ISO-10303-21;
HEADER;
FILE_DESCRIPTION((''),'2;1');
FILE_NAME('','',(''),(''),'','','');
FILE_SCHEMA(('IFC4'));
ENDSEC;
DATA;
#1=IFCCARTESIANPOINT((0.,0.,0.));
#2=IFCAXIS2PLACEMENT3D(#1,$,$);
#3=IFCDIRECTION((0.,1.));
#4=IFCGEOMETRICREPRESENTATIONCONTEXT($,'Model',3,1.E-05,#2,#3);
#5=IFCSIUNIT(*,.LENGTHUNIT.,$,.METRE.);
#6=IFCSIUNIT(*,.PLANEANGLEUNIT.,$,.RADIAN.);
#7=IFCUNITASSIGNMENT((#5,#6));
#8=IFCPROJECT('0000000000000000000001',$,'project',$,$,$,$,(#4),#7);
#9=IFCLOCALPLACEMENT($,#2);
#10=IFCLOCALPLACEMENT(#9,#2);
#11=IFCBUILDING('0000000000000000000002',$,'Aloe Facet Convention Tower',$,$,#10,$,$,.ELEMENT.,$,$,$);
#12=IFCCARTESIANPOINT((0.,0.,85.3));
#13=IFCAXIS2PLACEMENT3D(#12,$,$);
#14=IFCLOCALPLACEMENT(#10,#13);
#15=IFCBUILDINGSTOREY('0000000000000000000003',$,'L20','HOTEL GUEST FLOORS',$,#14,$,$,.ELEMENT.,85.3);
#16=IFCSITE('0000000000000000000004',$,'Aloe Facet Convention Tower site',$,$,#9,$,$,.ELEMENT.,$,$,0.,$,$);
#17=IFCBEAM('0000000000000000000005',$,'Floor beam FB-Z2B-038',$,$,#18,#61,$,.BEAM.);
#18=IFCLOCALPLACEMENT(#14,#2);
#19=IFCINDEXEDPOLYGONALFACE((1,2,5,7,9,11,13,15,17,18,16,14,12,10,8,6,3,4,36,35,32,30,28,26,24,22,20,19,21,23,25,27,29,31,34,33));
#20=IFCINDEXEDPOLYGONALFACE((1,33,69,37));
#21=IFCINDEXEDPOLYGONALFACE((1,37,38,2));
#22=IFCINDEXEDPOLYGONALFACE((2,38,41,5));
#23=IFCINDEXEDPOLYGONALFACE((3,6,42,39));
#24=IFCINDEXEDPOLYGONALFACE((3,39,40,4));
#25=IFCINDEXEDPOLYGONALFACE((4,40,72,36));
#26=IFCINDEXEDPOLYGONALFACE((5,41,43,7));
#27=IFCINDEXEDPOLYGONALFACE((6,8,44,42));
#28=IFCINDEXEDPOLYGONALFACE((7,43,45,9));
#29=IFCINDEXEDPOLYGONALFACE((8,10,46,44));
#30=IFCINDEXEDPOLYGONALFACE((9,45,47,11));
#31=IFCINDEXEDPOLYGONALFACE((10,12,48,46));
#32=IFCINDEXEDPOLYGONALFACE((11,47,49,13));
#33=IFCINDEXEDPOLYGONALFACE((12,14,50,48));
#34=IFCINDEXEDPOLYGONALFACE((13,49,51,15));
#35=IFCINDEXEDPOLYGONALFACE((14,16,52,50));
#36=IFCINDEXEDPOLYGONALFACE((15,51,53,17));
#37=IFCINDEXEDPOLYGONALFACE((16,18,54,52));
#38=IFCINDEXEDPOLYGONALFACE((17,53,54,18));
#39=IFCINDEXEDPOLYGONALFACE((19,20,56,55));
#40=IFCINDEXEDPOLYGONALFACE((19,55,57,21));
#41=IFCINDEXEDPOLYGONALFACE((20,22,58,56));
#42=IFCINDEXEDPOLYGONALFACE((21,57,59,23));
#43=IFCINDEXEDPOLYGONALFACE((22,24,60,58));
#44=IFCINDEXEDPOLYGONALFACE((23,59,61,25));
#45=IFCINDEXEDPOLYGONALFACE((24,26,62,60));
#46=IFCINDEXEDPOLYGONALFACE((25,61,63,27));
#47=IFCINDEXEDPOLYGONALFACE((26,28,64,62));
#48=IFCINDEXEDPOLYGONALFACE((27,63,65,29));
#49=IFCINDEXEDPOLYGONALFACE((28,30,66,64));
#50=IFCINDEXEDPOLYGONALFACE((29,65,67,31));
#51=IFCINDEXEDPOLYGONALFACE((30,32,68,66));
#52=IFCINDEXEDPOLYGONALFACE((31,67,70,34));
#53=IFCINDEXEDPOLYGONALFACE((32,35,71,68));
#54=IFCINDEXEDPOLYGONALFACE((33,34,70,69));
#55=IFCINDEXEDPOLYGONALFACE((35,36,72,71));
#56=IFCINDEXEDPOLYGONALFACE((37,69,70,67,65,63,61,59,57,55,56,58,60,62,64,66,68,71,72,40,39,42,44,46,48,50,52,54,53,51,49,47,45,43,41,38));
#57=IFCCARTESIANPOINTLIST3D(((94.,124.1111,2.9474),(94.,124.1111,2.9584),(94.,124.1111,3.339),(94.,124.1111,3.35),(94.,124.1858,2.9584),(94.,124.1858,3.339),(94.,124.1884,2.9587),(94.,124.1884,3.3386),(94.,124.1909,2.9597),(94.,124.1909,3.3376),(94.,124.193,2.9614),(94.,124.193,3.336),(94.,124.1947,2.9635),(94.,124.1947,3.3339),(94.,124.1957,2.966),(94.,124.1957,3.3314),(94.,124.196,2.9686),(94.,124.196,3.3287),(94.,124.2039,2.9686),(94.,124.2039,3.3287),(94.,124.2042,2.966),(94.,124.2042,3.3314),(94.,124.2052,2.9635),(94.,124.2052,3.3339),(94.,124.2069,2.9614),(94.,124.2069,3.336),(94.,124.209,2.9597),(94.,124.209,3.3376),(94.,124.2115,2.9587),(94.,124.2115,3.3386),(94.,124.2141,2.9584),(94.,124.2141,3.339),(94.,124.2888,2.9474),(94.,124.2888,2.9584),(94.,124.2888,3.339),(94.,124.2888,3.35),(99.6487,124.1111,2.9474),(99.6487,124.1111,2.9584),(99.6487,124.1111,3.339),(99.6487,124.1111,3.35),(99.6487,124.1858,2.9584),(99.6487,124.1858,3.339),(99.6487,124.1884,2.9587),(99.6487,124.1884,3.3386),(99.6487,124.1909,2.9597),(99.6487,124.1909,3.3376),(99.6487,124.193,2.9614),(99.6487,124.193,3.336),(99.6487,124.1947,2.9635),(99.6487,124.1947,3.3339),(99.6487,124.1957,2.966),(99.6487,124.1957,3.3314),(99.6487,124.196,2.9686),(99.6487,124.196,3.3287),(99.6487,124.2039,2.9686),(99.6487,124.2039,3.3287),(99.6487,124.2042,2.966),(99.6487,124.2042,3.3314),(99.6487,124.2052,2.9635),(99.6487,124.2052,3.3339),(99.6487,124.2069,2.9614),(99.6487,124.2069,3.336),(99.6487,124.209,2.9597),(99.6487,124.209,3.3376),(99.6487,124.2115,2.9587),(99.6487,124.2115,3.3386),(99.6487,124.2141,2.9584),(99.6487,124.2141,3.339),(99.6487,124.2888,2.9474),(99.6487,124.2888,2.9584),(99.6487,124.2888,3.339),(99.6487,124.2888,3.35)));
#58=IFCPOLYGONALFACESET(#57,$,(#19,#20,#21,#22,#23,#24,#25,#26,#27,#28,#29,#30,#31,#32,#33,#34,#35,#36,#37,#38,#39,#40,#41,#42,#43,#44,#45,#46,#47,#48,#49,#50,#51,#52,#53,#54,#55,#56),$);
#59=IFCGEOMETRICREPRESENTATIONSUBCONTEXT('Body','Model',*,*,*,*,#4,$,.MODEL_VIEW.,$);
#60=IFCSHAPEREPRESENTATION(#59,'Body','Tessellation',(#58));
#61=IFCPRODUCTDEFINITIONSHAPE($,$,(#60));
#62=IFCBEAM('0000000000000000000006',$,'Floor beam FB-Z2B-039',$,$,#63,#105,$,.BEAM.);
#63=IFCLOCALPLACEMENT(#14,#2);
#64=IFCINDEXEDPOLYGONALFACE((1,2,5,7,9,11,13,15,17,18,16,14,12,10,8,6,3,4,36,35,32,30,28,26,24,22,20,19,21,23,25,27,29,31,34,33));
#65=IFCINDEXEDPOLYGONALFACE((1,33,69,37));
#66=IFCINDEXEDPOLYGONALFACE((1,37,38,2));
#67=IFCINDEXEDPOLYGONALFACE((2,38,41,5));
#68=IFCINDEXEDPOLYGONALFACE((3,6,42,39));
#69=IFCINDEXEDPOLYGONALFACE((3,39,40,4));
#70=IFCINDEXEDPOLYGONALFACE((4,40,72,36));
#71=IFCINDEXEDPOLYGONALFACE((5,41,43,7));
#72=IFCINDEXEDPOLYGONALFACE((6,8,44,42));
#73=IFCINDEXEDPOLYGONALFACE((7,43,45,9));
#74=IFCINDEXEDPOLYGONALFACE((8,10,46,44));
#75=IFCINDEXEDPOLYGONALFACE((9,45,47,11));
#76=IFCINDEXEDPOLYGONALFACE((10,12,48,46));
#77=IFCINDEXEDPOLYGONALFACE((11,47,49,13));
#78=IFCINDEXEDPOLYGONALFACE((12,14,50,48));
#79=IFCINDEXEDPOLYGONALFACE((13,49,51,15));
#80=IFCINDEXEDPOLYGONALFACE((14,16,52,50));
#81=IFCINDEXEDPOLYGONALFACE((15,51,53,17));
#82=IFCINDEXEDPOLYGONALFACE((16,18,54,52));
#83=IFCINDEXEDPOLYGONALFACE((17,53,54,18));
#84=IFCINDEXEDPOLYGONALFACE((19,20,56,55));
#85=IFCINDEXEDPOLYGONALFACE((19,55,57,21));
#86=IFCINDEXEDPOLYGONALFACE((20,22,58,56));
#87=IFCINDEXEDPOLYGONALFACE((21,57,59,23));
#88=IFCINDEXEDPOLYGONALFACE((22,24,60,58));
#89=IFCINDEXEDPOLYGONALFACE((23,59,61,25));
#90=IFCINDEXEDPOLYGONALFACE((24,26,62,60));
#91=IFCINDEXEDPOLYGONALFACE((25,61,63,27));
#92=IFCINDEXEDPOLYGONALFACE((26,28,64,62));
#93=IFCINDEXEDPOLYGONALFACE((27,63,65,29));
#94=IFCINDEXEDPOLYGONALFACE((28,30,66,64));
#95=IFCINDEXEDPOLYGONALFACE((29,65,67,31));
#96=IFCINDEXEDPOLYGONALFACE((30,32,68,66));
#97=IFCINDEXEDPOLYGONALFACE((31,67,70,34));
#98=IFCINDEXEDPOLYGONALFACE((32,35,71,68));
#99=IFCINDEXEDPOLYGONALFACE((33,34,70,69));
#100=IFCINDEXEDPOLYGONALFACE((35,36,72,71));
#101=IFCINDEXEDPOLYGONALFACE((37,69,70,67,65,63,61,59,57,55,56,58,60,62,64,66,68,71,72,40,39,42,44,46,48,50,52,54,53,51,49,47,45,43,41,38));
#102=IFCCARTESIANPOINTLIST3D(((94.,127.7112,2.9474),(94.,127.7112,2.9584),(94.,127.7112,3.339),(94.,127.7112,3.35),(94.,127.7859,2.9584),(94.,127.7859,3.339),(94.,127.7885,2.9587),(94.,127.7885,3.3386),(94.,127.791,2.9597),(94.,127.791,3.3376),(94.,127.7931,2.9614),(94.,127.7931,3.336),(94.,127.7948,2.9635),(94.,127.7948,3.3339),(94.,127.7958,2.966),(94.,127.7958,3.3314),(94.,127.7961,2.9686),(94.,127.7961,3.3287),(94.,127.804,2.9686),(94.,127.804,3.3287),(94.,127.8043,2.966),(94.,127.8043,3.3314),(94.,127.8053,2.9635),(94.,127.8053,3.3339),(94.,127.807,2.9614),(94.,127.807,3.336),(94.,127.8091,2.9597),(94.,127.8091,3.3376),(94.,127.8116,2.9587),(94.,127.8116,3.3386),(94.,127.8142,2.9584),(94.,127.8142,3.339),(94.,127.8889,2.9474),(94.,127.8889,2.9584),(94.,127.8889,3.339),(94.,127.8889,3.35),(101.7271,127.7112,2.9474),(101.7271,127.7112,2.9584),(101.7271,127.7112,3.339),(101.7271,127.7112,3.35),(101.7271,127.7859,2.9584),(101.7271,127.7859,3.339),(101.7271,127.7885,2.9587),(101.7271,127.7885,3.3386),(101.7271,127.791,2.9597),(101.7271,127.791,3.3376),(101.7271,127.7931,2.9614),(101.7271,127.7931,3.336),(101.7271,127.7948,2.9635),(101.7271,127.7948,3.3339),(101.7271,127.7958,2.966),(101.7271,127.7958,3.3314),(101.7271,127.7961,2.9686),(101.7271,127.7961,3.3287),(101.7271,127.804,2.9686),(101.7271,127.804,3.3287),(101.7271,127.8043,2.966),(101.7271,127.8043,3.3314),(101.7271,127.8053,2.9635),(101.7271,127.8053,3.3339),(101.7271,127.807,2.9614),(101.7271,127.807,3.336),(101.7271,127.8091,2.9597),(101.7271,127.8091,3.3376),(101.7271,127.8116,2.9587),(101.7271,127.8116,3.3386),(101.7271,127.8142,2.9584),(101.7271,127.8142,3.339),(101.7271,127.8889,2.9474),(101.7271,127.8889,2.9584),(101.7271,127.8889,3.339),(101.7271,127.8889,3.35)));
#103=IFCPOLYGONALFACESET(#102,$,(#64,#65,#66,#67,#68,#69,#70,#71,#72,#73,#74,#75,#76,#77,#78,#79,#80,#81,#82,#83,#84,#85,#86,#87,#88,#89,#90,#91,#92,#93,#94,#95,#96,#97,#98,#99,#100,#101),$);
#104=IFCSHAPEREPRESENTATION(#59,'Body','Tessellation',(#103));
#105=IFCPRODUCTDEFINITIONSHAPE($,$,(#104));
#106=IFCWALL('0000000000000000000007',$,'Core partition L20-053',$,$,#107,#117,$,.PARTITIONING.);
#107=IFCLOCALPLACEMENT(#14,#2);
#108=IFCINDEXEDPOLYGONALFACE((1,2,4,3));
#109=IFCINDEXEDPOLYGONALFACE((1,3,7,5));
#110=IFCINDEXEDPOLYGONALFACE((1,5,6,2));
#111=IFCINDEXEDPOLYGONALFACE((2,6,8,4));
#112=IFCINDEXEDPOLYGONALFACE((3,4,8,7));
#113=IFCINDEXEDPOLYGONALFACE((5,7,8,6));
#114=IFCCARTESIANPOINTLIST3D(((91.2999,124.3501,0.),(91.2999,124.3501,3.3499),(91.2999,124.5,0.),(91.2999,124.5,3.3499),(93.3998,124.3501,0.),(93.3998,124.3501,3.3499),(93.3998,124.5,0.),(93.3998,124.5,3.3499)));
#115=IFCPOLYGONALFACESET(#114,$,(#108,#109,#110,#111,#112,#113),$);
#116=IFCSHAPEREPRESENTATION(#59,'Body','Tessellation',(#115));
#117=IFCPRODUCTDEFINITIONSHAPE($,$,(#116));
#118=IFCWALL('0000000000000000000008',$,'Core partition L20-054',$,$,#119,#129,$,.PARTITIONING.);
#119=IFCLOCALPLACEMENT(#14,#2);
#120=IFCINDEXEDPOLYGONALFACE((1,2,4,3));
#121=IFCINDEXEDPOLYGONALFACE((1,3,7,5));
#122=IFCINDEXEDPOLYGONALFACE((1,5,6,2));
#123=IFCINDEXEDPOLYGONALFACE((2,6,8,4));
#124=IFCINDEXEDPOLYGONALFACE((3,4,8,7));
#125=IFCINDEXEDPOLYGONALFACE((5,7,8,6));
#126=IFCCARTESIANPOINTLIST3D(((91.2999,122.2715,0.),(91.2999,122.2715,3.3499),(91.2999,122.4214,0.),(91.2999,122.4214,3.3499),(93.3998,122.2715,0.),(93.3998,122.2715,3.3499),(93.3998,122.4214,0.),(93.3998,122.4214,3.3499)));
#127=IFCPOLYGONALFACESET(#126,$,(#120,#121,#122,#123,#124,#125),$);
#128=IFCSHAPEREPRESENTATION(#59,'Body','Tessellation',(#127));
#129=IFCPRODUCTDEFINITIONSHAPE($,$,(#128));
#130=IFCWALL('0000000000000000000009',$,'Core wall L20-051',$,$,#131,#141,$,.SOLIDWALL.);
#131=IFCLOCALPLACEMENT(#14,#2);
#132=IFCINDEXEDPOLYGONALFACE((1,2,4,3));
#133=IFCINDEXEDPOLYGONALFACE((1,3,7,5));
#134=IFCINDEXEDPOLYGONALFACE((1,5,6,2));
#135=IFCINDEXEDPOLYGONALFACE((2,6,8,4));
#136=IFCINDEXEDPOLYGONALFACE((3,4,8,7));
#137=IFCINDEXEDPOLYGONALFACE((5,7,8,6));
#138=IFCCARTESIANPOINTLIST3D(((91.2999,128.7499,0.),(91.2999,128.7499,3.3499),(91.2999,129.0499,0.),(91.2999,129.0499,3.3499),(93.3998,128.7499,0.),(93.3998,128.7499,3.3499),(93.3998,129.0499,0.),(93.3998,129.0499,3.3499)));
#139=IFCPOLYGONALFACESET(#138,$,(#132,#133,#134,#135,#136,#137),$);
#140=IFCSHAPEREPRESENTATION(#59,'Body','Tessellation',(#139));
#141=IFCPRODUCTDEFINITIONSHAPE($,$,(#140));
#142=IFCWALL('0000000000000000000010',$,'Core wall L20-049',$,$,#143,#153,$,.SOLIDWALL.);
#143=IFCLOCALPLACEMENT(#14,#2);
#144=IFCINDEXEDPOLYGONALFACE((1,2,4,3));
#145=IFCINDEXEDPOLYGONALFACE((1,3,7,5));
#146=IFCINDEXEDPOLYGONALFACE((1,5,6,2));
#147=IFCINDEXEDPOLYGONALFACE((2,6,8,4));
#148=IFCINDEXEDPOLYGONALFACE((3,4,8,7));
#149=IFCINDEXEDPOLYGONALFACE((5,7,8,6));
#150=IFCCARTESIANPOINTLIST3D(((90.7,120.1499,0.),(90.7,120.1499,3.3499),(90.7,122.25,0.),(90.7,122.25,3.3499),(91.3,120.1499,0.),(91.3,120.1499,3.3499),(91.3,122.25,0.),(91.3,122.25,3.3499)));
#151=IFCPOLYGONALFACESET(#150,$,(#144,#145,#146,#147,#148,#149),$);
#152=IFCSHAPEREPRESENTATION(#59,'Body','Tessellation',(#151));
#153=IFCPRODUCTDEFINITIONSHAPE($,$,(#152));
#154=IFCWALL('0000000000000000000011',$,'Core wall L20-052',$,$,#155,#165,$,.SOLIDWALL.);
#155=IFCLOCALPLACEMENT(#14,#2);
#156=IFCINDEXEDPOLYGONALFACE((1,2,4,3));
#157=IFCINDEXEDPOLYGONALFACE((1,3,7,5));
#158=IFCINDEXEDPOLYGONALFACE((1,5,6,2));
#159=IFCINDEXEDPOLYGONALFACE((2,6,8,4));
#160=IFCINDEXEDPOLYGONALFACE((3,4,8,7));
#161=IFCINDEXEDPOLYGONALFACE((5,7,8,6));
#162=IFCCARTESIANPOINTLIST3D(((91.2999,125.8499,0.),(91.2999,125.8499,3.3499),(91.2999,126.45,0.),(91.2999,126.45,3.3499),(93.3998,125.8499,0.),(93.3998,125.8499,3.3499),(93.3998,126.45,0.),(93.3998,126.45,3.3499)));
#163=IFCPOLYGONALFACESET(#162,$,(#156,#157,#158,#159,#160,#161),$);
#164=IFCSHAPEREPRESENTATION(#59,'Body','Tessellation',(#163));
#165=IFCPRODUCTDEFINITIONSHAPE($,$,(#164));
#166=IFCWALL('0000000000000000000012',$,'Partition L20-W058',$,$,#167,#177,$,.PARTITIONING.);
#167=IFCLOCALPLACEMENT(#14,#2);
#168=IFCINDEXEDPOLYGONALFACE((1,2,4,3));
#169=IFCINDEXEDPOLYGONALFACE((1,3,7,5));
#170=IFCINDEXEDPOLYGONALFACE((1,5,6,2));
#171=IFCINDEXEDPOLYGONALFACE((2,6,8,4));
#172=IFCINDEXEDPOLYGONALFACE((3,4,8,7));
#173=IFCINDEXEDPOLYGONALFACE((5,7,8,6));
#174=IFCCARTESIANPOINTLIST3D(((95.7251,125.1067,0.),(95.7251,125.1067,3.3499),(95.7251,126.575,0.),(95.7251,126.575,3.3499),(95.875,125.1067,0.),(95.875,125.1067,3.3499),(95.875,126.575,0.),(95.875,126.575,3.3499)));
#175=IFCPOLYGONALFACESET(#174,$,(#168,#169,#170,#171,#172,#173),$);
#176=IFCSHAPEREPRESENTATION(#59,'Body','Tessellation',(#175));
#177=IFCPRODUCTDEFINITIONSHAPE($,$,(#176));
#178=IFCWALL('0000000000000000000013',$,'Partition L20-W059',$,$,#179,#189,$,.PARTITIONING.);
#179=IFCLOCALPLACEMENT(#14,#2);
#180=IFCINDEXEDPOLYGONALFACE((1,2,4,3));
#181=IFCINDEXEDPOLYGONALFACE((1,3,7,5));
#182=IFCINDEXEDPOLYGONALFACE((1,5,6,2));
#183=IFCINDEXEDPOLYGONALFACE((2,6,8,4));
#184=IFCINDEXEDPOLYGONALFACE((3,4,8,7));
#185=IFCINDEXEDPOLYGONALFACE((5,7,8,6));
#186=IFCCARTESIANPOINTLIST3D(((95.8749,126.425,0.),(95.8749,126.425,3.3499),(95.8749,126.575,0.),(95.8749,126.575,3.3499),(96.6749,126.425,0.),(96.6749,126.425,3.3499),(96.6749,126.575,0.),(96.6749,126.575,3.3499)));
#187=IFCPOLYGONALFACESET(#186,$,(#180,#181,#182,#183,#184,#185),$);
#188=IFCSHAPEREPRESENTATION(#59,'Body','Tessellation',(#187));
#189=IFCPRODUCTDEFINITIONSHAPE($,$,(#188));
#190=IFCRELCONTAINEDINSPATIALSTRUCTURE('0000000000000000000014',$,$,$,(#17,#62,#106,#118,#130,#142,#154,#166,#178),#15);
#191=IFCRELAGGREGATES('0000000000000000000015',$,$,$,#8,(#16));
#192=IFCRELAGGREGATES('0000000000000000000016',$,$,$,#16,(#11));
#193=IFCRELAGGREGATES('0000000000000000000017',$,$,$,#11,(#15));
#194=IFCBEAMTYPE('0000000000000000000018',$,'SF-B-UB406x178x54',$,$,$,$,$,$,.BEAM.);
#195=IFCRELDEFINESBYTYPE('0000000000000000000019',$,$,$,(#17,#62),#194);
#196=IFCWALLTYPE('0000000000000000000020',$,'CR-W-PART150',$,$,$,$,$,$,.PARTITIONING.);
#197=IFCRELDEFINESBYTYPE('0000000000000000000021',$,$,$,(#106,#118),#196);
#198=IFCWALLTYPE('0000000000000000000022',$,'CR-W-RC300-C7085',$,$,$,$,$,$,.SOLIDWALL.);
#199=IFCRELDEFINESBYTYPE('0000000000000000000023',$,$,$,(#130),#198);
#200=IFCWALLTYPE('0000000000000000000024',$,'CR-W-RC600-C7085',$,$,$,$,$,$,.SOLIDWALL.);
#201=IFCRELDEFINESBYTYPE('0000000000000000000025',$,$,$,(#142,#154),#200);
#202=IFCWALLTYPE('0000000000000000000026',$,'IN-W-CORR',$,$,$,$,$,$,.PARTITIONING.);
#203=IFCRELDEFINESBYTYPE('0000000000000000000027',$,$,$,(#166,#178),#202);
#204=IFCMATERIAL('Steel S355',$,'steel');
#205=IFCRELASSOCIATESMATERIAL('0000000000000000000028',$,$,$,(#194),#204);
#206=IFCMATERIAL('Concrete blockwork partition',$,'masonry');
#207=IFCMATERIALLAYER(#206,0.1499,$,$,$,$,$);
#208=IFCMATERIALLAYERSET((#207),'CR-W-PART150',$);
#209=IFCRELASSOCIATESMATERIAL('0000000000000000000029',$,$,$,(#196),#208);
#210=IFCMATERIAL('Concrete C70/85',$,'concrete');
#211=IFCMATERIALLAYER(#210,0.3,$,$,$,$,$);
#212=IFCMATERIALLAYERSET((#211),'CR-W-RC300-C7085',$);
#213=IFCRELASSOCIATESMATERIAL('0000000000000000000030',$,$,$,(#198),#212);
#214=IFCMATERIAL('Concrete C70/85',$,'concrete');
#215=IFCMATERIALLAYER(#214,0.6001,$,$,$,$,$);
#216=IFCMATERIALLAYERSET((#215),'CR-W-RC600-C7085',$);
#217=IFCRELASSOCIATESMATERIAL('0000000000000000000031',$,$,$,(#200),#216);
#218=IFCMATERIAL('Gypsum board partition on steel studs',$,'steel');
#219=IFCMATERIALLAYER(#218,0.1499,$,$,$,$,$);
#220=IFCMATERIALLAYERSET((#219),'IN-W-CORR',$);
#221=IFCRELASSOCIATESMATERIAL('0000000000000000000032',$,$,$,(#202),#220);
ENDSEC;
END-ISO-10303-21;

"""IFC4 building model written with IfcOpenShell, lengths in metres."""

from ifc_helpers import new_model, si_unit, direction, frame, frame_2d, origin, origin_2d, place, context, subcontext, project, spatial, rectangle, i_section, extrude, material, layer, layer_set, material_profile, profile_set, type_object, element, save


model = new_model("IFC4")

# Units and contexts
model_context = context("Model", 3, precision=1e-05, world=origin(), true_north=direction((0.0, 1.0)))
body_context = subcontext(model_context, "Body", "Model", "MODEL_VIEW")
ifc_project = project(units=[si_unit("LENGTHUNIT", "METRE"), si_unit("PLANEANGLEUNIT", "RADIAN")], contexts=[model_context])

# Site, building, storey
site_placement = place(None, origin())
site = spatial("IfcSite", under=ifc_project, at=site_placement, Name="Aloe Facet Convention Tower site", CompositionType="ELEMENT", RefElevation=0.0)
building_placement = place(site_placement, origin())
building = spatial("IfcBuilding", under=site, at=building_placement, Name="Aloe Facet Convention Tower", CompositionType="ELEMENT")
storey_placement = place(building_placement, frame((0.0, 0.0, 85.3)))
storey = spatial("IfcBuildingStorey", under=building, at=storey_placement, Name="L20", Description="HOTEL GUEST FLOORS", CompositionType="ELEMENT", Elevation=85.3)

# Beams
ifc_material_1 = material(Name="Steel S355", Category="steel")
ifc_material_profile = material_profile(ifc_material_1, i_section(OverallWidth=0.1777, OverallDepth=0.4026, WebThickness=0.0078, FlangeThickness=0.011, FilletRadius=0.0103, at=origin_2d()), Name="UB 406x178x54")
ifc_profile_set = profile_set([ifc_material_profile], Name="Steel S355")
beam_type = type_object("IfcBeamType", Name="SF-B-UB406x178x54", PredefinedType="BEAM", material=ifc_profile_set)
beam_1_placement = place(storey_placement, frame((94.0, 124.2, 3.1487), z_axis=(1.0, 0.0, 0.0), x_axis=(0.0, 1.0, 0.0)))
element("IfcBeam", 1, at=beam_1_placement, inside=storey, type_object=beam_type, Name="Floor beam FB-Z2B-038", PredefinedType="BEAM", context=body_context, shape_type="SweptSolid", body=[
    extrude(i_section(OverallWidth=0.1777, OverallDepth=0.4026, WebThickness=0.0078, FlangeThickness=0.011, FilletRadius=0.0103, at=origin_2d()), origin(), (0.0, 0.0, 1.0), 5.6487),
])
beam_2_placement = place(storey_placement, frame((94.0, 127.8, 3.1487), z_axis=(1.0, 0.0, 0.0), x_axis=(0.0, 1.0, 0.0)))
element("IfcBeam", 2, at=beam_2_placement, inside=storey, type_object=beam_type, Name="Floor beam FB-Z2B-039", PredefinedType="BEAM", context=body_context, shape_type="SweptSolid", body=[
    extrude(i_section(OverallWidth=0.1777, OverallDepth=0.4026, WebThickness=0.0078, FlangeThickness=0.011, FilletRadius=0.0103, at=origin_2d()), origin(), (0.0, 0.0, 1.0), 7.7271),
])

# Walls
ifc_material_2 = material(Name="Concrete blockwork partition", Category="masonry")
ifc_layer_1 = layer(ifc_material_2, 0.1499)
ifc_layer_set_1 = layer_set([ifc_layer_1], Name="CR-W-PART150")
wall_type_1 = type_object("IfcWallType", Name="CR-W-PART150", PredefinedType="PARTITIONING", material=ifc_layer_set_1)
for number, where, z_axis, x_axis, name in (
    (3, (91.3, 124.425, 0.0), (0.0, 0.0, 1.0), (1.0, 0.0, 0.0), "Core partition L20-053"),
    (4, (91.3, 122.3464, 0.0), (0.0, 0.0, 1.0), (1.0, 0.0, 0.0), "Core partition L20-054"),
):
    element("IfcWall", number, at=place(storey_placement, frame(where, z_axis=z_axis, x_axis=x_axis)), inside=storey, type_object=wall_type_1, Name=name, PredefinedType="PARTITIONING", context=body_context, shape_type="SweptSolid", body=[
        extrude(rectangle(XDim=2.0999, YDim=0.1499, at=frame_2d((1.0498, 0.0))), origin(), (0.0, 0.0, 1.0), 3.3499),
    ])
ifc_material_3 = material(Name="Concrete C70/85", Category="concrete")
ifc_layer_2 = layer(ifc_material_3, 0.3)
ifc_layer_set_2 = layer_set([ifc_layer_2], Name="CR-W-RC300-C7085")
wall_type_2 = type_object("IfcWallType", Name="CR-W-RC300-C7085", PredefinedType="SOLIDWALL", material=ifc_layer_set_2)
wall_1_placement = place(storey_placement, frame((91.3, 128.8999, 0.0), z_axis=(0.0, 0.0, 1.0), x_axis=(1.0, 0.0, 0.0)))
element("IfcWall", 5, at=wall_1_placement, inside=storey, type_object=wall_type_2, Name="Core wall L20-051", PredefinedType="SOLIDWALL", context=body_context, shape_type="SweptSolid", body=[
    extrude(rectangle(XDim=2.0999, YDim=0.3, at=frame_2d((1.0498, 0.0))), origin(), (0.0, 0.0, 1.0), 3.3499),
])
ifc_material_4 = material(Name="Concrete C70/85", Category="concrete")
ifc_layer_3 = layer(ifc_material_4, 0.6001)
ifc_layer_set_3 = layer_set([ifc_layer_3], Name="CR-W-RC600-C7085")
wall_type_3 = type_object("IfcWallType", Name="CR-W-RC600-C7085", PredefinedType="SOLIDWALL", material=ifc_layer_set_3)
wall_2_placement = place(storey_placement, frame((91.0, 122.25, 0.0), z_axis=(0.0, 0.0, 1.0), x_axis=(0.0, -1.0, 0.0)))
element("IfcWall", 6, at=wall_2_placement, inside=storey, type_object=wall_type_3, Name="Core wall L20-049", PredefinedType="SOLIDWALL", context=body_context, shape_type="SweptSolid", body=[
    extrude(rectangle(XDim=2.1001, YDim=0.6001, at=frame_2d((1.05, 0.0))), origin(), (0.0, 0.0, 1.0), 3.3499),
])
wall_3_placement = place(storey_placement, frame((91.3, 126.1499, 0.0), z_axis=(0.0, 0.0, 1.0), x_axis=(1.0, 0.0, 0.0)))
element("IfcWall", 7, at=wall_3_placement, inside=storey, type_object=wall_type_3, Name="Core wall L20-052", PredefinedType="SOLIDWALL", context=body_context, shape_type="SweptSolid", body=[
    extrude(rectangle(XDim=2.0999, YDim=0.6001, at=frame_2d((1.0498, 0.0))), origin(), (0.0, 0.0, 1.0), 3.3499),
])
ifc_material_5 = material(Name="Gypsum board partition on steel studs", Category="steel")
ifc_layer_4 = layer(ifc_material_5, 0.1499)
ifc_layer_set_4 = layer_set([ifc_layer_4], Name="IN-W-CORR")
wall_type_4 = type_object("IfcWallType", Name="IN-W-CORR", PredefinedType="PARTITIONING", material=ifc_layer_set_4)
wall_4_placement = place(storey_placement, frame((95.8, 125.1067, 0.0), z_axis=(0.0, 0.0, 1.0), x_axis=(0.0, 1.0, 0.0)))
element("IfcWall", 8, at=wall_4_placement, inside=storey, type_object=wall_type_4, Name="Partition L20-W058", PredefinedType="PARTITIONING", context=body_context, shape_type="SweptSolid", body=[
    extrude(rectangle(XDim=1.4683, YDim=0.1499, at=frame_2d((0.7341, 0.0))), origin(), (0.0, 0.0, 1.0), 3.3499),
])
wall_5_placement = place(storey_placement, frame((95.875, 126.5, 0.0), z_axis=(0.0, 0.0, 1.0), x_axis=(1.0, 0.0, 0.0)))
element("IfcWall", 9, at=wall_5_placement, inside=storey, type_object=wall_type_4, Name="Partition L20-W059", PredefinedType="PARTITIONING", context=body_context, shape_type="SweptSolid", body=[
    extrude(rectangle(XDim=0.8, YDim=0.1499, at=frame_2d((0.3999, 0.0))), origin(), (0.0, 0.0, 1.0), 3.3499),
])

save(model, "model.ifc")
